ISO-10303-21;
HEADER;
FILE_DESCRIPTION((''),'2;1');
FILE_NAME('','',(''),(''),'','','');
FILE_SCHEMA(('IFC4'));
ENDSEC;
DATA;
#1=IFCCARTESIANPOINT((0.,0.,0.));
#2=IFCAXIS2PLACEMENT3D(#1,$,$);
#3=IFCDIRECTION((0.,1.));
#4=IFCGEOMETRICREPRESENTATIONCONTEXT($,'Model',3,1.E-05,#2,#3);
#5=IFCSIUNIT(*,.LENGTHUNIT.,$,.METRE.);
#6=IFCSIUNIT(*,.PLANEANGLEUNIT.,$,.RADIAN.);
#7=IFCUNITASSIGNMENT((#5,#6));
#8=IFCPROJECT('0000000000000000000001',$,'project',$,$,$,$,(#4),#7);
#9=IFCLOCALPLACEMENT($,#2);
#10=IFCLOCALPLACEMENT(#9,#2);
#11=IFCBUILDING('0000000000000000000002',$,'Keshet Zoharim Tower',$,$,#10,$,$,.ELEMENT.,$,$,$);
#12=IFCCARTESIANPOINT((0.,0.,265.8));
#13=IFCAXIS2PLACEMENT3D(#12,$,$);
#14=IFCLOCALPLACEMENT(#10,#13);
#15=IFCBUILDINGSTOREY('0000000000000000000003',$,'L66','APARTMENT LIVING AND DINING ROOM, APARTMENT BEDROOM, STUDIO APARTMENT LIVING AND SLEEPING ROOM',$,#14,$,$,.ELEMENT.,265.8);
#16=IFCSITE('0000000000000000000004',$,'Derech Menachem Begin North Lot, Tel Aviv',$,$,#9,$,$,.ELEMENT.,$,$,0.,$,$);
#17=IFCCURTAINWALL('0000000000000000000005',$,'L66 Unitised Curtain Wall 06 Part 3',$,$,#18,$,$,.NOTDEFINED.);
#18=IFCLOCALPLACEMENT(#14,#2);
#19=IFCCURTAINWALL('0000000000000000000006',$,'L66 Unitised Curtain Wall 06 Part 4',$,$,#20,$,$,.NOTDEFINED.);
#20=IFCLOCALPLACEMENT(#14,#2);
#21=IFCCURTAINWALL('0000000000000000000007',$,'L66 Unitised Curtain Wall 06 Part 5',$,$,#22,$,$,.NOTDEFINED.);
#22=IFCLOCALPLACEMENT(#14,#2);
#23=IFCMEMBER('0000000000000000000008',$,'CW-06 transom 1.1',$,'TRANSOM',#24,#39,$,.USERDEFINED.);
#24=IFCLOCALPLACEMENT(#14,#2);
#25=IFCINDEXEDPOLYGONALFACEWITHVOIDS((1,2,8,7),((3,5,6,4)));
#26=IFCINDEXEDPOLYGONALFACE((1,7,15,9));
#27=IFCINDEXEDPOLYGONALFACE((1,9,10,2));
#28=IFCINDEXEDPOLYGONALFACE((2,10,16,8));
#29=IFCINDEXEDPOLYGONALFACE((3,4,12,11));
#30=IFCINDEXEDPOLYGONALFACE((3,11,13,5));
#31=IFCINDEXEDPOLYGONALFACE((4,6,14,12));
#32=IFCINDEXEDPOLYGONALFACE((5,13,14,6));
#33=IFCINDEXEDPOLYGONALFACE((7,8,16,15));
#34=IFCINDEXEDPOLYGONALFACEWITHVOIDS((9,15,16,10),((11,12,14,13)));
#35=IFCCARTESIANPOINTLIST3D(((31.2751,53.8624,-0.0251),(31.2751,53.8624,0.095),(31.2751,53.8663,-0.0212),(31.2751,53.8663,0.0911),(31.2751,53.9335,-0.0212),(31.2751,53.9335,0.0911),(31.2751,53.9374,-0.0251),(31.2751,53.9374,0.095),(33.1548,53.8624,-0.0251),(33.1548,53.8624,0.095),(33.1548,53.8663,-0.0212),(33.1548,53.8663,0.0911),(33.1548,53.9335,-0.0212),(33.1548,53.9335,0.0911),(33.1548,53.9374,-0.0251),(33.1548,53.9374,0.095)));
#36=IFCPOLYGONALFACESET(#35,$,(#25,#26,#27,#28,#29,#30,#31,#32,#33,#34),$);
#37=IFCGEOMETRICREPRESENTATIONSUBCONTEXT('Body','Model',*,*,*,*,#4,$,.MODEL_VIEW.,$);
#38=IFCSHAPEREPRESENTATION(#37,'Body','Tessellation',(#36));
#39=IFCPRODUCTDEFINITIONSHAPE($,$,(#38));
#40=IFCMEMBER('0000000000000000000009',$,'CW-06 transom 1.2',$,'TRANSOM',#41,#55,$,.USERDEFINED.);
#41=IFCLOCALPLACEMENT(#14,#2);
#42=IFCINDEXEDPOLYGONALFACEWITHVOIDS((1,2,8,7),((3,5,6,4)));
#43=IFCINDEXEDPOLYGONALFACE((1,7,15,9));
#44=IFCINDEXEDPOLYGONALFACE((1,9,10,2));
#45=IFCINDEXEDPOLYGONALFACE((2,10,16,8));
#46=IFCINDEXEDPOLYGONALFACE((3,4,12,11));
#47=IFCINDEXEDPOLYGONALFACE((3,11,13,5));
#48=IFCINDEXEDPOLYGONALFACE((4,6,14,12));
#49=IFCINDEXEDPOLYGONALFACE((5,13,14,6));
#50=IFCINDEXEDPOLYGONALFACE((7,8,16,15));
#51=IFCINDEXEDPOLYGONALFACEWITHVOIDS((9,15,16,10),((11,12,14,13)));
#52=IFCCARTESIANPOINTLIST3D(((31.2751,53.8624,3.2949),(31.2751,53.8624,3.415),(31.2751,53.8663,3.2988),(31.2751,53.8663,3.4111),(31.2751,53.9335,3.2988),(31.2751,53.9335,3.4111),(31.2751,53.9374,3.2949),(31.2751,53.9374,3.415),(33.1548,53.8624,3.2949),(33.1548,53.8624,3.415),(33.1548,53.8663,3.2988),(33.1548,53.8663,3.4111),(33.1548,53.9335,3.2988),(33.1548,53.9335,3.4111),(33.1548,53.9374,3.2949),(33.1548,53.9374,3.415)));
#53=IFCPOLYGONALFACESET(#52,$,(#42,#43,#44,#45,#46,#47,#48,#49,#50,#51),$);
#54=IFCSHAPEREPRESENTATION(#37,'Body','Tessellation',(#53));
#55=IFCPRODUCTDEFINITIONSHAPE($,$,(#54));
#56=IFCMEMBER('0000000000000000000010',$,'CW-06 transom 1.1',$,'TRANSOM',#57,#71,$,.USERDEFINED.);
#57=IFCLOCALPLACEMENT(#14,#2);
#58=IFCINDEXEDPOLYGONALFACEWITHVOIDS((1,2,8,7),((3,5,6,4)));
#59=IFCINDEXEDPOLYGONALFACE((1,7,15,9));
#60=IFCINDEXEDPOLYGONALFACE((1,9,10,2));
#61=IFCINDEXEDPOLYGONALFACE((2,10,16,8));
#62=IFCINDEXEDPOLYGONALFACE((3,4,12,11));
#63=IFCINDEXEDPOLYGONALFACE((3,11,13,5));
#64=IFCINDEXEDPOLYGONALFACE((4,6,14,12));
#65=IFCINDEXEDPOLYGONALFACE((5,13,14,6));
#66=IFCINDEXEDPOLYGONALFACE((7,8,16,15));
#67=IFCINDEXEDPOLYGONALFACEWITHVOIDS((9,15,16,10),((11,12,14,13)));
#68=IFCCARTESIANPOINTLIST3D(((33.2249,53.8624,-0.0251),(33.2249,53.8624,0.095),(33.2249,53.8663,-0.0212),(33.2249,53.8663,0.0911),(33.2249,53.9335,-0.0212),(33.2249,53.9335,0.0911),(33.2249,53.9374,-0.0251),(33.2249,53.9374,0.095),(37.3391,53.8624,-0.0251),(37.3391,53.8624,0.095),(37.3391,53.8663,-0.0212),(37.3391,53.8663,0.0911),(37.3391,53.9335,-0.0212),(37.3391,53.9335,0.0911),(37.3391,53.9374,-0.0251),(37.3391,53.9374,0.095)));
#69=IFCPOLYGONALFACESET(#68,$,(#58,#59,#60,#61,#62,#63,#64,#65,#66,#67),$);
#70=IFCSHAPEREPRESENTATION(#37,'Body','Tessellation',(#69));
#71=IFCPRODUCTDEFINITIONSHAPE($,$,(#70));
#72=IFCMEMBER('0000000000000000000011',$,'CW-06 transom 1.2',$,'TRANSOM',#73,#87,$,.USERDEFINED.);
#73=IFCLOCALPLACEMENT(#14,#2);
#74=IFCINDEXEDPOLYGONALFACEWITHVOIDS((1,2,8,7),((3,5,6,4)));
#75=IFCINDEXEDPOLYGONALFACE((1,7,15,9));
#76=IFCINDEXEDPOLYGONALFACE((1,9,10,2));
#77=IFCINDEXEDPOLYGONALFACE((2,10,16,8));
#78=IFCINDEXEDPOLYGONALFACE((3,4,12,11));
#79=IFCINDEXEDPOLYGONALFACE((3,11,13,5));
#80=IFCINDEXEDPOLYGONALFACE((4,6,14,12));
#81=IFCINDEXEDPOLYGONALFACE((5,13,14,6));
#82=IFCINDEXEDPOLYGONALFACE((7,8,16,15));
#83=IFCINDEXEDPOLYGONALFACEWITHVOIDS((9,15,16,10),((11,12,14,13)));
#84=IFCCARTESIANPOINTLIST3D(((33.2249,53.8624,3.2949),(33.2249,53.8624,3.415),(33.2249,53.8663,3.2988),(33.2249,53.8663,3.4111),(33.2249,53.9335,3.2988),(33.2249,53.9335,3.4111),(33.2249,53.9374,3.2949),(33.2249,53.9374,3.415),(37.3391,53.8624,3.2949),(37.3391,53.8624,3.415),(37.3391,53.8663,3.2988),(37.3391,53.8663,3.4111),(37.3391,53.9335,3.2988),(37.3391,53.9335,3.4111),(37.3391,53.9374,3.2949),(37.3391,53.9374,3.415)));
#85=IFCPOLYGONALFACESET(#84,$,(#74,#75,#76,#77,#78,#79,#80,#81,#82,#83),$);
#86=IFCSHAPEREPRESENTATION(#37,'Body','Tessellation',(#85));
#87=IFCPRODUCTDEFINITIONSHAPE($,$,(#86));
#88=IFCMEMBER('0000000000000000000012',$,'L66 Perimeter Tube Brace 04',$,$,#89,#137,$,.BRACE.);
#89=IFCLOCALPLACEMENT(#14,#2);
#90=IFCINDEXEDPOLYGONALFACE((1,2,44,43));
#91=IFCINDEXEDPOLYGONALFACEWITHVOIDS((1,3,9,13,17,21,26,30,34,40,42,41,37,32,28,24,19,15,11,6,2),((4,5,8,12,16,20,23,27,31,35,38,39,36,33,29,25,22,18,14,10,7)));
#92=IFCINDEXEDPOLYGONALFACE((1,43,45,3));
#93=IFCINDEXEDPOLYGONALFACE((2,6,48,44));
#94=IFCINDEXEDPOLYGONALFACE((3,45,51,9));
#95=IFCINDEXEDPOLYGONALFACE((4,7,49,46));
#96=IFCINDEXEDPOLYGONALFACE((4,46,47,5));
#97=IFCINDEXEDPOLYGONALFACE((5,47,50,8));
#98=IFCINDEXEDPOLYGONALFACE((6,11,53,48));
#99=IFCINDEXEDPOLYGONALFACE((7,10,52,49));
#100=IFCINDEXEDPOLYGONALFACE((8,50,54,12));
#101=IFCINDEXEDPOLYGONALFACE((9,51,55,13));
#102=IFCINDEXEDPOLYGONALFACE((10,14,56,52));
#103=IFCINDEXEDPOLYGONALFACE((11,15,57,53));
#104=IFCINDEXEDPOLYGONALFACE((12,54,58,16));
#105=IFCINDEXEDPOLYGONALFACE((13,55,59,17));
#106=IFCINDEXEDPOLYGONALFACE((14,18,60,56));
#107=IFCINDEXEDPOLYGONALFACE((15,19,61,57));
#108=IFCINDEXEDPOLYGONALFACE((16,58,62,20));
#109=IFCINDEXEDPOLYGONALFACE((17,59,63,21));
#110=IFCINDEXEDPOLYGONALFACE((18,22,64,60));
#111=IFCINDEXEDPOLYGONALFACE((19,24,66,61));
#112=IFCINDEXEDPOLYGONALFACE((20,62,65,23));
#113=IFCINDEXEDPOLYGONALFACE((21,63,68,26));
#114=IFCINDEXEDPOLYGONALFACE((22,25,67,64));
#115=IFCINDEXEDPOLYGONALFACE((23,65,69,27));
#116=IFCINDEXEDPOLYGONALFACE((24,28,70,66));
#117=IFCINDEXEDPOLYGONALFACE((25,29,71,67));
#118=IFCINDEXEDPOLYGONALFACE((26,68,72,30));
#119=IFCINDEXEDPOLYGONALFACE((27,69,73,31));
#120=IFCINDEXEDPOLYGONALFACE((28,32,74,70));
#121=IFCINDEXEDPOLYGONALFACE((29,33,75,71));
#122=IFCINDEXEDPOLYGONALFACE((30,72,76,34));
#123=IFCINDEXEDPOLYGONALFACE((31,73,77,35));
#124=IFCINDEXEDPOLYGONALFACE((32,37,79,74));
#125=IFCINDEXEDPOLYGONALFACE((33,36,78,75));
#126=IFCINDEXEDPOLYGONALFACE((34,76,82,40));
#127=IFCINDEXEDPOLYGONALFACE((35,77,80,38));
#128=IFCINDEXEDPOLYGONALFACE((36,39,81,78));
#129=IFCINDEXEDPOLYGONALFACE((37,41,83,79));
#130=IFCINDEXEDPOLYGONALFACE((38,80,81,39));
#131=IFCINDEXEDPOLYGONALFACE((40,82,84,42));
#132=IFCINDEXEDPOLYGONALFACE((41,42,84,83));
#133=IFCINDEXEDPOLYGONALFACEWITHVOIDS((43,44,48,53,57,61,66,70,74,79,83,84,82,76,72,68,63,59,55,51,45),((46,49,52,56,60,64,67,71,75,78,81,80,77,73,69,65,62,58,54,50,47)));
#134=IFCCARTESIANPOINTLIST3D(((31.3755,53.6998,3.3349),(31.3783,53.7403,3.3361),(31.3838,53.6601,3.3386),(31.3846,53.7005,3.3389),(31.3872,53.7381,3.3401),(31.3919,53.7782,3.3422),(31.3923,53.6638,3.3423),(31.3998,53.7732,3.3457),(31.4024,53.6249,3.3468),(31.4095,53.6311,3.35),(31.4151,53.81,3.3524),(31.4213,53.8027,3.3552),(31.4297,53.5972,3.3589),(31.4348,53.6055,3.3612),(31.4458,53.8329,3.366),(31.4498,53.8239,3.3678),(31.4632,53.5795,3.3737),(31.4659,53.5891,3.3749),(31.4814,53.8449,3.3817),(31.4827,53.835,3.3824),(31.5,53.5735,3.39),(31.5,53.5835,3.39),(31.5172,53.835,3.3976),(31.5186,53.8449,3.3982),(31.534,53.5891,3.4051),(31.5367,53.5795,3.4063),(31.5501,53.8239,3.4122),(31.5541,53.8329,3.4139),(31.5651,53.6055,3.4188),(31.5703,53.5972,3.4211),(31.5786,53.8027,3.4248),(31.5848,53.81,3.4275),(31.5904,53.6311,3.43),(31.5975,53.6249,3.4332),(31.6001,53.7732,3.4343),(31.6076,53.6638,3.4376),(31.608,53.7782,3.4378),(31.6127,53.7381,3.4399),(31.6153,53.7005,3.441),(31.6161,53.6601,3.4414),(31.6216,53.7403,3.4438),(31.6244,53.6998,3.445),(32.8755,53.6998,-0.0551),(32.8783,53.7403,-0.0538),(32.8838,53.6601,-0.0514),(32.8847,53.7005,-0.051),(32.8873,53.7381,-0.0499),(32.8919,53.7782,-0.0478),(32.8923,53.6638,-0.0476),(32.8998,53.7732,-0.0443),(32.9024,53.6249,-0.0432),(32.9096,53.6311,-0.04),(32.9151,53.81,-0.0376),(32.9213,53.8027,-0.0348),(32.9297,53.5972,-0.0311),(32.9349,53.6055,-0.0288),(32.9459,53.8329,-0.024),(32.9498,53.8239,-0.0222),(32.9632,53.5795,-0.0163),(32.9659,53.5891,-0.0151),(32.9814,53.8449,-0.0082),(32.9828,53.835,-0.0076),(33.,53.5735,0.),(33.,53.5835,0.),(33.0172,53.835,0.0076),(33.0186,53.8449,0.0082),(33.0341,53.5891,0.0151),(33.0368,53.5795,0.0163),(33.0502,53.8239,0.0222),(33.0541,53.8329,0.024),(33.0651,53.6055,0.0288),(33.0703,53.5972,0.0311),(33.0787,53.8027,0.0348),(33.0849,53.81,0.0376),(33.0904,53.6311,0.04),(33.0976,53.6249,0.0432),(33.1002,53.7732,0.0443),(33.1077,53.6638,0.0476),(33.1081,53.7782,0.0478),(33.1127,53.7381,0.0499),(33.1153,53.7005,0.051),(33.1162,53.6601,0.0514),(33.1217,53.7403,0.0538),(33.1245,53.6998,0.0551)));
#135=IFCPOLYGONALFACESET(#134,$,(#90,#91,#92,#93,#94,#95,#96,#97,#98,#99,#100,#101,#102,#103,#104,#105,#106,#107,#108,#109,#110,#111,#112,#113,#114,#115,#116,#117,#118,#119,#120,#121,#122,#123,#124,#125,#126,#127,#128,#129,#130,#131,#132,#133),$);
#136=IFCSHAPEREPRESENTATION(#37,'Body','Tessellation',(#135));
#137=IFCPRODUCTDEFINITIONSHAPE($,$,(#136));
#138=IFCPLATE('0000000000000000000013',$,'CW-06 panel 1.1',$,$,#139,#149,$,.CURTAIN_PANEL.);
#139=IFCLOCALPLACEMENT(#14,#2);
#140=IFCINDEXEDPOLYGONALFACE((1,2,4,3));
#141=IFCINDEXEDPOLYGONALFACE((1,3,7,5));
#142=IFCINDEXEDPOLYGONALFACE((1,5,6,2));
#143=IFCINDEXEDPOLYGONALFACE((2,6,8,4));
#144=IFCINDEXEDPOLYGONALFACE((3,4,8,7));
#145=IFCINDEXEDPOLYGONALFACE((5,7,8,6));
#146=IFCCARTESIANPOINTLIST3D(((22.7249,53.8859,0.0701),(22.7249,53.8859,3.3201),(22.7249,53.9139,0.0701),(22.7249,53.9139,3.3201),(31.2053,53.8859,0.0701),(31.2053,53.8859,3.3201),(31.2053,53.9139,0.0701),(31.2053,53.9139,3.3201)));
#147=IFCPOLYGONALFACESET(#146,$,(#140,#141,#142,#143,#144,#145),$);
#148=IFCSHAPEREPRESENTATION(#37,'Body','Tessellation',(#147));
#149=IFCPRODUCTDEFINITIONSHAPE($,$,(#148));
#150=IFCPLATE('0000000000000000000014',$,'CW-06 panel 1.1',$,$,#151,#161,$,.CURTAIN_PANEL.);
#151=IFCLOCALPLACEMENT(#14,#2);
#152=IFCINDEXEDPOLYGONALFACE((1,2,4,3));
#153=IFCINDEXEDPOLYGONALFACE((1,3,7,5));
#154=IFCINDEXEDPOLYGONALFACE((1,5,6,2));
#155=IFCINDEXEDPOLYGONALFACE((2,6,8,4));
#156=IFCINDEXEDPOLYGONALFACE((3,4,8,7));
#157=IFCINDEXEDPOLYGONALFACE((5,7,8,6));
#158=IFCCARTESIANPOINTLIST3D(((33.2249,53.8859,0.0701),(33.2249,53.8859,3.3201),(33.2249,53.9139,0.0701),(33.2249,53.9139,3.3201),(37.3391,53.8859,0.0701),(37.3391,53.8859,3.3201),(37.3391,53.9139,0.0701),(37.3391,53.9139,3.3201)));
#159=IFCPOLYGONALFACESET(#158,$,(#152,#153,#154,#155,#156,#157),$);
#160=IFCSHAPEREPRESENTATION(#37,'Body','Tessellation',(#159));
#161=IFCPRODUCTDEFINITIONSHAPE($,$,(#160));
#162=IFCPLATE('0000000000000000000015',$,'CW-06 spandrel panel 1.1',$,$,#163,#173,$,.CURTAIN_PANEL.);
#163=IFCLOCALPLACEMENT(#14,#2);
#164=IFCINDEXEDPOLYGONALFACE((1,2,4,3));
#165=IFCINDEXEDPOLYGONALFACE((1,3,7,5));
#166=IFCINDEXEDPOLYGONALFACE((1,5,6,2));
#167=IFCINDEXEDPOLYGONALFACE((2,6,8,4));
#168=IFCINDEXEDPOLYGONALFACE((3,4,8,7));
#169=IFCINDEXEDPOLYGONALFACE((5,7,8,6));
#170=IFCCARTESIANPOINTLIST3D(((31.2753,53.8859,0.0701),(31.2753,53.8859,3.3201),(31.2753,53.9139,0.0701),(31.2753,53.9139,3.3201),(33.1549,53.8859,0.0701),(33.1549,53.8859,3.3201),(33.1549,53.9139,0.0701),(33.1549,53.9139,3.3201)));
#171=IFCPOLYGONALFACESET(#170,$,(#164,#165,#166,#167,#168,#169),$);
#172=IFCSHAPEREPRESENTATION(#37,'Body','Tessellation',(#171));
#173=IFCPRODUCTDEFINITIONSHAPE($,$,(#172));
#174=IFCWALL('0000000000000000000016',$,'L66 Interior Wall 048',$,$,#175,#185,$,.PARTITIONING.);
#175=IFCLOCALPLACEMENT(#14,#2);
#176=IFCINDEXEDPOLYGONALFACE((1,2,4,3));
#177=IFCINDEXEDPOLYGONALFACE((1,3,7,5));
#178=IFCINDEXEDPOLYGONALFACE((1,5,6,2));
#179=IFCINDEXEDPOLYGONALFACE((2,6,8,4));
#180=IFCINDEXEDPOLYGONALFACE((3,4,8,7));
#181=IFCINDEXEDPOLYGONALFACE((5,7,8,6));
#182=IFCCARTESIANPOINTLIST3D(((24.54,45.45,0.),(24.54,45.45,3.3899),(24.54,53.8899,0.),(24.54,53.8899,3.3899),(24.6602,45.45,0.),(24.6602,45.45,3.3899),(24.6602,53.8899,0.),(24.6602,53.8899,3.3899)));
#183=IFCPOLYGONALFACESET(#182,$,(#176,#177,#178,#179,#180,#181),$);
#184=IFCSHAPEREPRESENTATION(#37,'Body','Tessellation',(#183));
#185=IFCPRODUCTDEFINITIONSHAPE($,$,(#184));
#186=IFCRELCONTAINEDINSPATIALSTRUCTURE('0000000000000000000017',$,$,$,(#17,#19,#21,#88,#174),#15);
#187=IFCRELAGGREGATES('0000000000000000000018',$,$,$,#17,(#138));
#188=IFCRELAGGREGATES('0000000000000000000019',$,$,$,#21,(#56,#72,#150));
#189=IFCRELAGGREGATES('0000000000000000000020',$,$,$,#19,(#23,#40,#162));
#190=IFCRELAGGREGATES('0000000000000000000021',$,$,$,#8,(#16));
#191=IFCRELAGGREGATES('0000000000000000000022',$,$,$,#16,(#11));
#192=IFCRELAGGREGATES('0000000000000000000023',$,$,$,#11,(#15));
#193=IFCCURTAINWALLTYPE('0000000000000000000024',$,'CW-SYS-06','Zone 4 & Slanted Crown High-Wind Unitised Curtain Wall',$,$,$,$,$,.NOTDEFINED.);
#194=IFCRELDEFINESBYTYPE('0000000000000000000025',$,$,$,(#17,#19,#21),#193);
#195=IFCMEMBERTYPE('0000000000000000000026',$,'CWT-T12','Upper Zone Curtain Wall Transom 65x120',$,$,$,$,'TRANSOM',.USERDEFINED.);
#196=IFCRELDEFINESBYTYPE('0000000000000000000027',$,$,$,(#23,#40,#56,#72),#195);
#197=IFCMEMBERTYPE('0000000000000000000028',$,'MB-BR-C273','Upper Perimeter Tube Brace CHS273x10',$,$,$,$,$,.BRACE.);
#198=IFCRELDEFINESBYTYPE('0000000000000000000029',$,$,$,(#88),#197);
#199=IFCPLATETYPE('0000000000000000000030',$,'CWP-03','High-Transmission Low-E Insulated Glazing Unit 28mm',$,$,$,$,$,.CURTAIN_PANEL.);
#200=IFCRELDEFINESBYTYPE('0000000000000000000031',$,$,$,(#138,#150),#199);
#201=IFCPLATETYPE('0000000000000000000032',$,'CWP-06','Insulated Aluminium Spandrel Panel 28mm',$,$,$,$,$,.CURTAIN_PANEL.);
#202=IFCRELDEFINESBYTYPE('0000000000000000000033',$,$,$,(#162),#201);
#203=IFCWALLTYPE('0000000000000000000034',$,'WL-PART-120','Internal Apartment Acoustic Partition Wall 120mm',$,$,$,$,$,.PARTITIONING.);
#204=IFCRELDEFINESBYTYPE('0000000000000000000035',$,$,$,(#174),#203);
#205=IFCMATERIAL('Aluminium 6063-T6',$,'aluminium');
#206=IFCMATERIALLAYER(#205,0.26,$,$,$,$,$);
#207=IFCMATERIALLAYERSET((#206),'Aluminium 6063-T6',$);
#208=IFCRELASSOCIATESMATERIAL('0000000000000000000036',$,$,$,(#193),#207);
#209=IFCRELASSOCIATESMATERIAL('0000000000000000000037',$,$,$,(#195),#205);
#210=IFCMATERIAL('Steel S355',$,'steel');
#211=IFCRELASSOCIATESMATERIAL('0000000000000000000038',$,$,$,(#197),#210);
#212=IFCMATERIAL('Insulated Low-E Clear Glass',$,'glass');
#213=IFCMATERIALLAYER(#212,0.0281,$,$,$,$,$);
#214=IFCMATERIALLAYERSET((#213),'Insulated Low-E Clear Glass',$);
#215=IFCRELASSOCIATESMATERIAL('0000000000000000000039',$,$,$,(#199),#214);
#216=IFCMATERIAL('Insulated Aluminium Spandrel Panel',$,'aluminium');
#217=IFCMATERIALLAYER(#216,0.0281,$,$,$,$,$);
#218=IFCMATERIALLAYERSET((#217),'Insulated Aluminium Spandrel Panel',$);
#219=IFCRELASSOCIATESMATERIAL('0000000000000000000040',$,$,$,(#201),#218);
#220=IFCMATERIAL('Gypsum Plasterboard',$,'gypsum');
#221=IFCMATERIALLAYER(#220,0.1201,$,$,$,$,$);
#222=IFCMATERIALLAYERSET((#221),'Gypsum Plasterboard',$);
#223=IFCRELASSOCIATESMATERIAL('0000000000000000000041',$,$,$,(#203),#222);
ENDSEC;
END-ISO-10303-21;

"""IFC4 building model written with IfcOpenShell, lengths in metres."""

from ifc_helpers import new_model, si_unit, direction, frame, frame_2d, origin, origin_2d, place, context, subcontext, project, spatial, rectangle, hollow_rectangle, hollow_circle, extrude, material, layer, layer_set, material_profile, profile_set, type_object, element, aggregate, save


model = new_model("IFC4")

# Units and contexts
model_context = context("Model", 3, precision=1e-05, world=origin(), true_north=direction((0.0, 1.0)))
body_context = subcontext(model_context, "Body", "Model", "MODEL_VIEW")
ifc_project = project(units=[si_unit("LENGTHUNIT", "METRE"), si_unit("PLANEANGLEUNIT", "RADIAN")], contexts=[model_context])

# Site, building, storey
site_placement = place(None, origin())
site = spatial("IfcSite", under=ifc_project, at=site_placement, Name="Derech Menachem Begin North Lot, Tel Aviv", CompositionType="ELEMENT", RefElevation=0.0)
building_placement = place(site_placement, origin())
building = spatial("IfcBuilding", under=site, at=building_placement, Name="Keshet Zoharim Tower", CompositionType="ELEMENT")
storey_placement = place(building_placement, frame((0.0, 0.0, 265.8)))
storey = spatial("IfcBuildingStorey", under=building, at=storey_placement, Name="L66", Description="APARTMENT LIVING AND DINING ROOM, APARTMENT BEDROOM, STUDIO APARTMENT LIVING AND SLEEPING ROOM", CompositionType="ELEMENT", Elevation=265.8)

# Shared definitions
ifc_material_1 = material(Name="Steel S355", Category="steel")

# Curtain walls
ifc_material_2 = material(Name="Aluminium 6063-T6", Category="aluminium")
ifc_layer_1 = layer(ifc_material_2, 0.26)
ifc_layer_set_1 = layer_set([ifc_layer_1], Name="Aluminium 6063-T6")
curtain_wall_type = type_object("IfcCurtainWallType", Name="CW-SYS-06", Description="Zone 4 & Slanted Crown High-Wind Unitised Curtain Wall", PredefinedType="NOTDEFINED", material=ifc_layer_set_1)
curtain_wall_1_placement = place(storey_placement, origin())
curtain_wall_1 = element("IfcCurtainWall", 1, at=curtain_wall_1_placement, inside=storey, type_object=curtain_wall_type, Name="L66 Unitised Curtain Wall 06 Part 3", PredefinedType="NOTDEFINED")
curtain_wall_2_placement = place(storey_placement, origin())
curtain_wall_2 = element("IfcCurtainWall", 2, at=curtain_wall_2_placement, inside=storey, type_object=curtain_wall_type, Name="L66 Unitised Curtain Wall 06 Part 4", PredefinedType="NOTDEFINED")
curtain_wall_3_placement = place(storey_placement, origin())
curtain_wall_3 = element("IfcCurtainWall", 3, at=curtain_wall_3_placement, inside=storey, type_object=curtain_wall_type, Name="L66 Unitised Curtain Wall 06 Part 5", PredefinedType="NOTDEFINED")

# Members
ifc_material_profile_1 = material_profile(ifc_material_2, hollow_rectangle(XDim=0.075, YDim=0.1201, WallThickness=0.0039, at=origin_2d()), Name="TRN-75x120")
ifc_profile_set_1 = profile_set([ifc_material_profile_1], Name="Aluminium 6063-T6")
member_type_1 = type_object("IfcMemberType", Name="CWT-T12", Description="Upper Zone Curtain Wall Transom 65x120", ElementType="TRANSOM", PredefinedType="USERDEFINED", material=ifc_profile_set_1)
member_1_placement = place(storey_placement, frame((31.2751, 53.8999, 0.0349), z_axis=(1.0, 0.0, 0.0), x_axis=(0.0, 1.0, 0.0)))
member_1 = element("IfcMember", 4, at=member_1_placement, type_object=member_type_1, Name="CW-06 transom 1.1", ObjectType="TRANSOM", PredefinedType="USERDEFINED", context=body_context, shape_type="SweptSolid", body=[
    extrude(hollow_rectangle(XDim=0.075, YDim=0.1201, WallThickness=0.0039, at=origin_2d()), origin(), (0.0, 0.0, 1.0), 1.8796),
])
member_2_placement = place(storey_placement, frame((31.2751, 53.8999, 3.355), z_axis=(1.0, 0.0, 0.0), x_axis=(0.0, 1.0, 0.0)))
member_2 = element("IfcMember", 5, at=member_2_placement, type_object=member_type_1, Name="CW-06 transom 1.2", ObjectType="TRANSOM", PredefinedType="USERDEFINED", context=body_context, shape_type="SweptSolid", body=[
    extrude(hollow_rectangle(XDim=0.075, YDim=0.1201, WallThickness=0.0039, at=origin_2d()), origin(), (0.0, 0.0, 1.0), 1.8796),
])
member_3_placement = place(storey_placement, frame((33.2249, 53.8999, 0.0349), z_axis=(1.0, 0.0, 0.0), x_axis=(0.0, 1.0, 0.0)))
member_3 = element("IfcMember", 6, at=member_3_placement, type_object=member_type_1, Name="CW-06 transom 1.1", ObjectType="TRANSOM", PredefinedType="USERDEFINED", context=body_context, shape_type="SweptSolid", body=[
    extrude(hollow_rectangle(XDim=0.075, YDim=0.1201, WallThickness=0.0039, at=origin_2d()), origin(), (0.0, 0.0, 1.0), 4.1143),
])
member_4_placement = place(storey_placement, frame((33.2249, 53.8999, 3.355), z_axis=(1.0, 0.0, 0.0), x_axis=(0.0, 1.0, 0.0)))
member_4 = element("IfcMember", 7, at=member_4_placement, type_object=member_type_1, Name="CW-06 transom 1.2", ObjectType="TRANSOM", PredefinedType="USERDEFINED", context=body_context, shape_type="SweptSolid", body=[
    extrude(hollow_rectangle(XDim=0.075, YDim=0.1201, WallThickness=0.0039, at=origin_2d()), origin(), (0.0, 0.0, 1.0), 4.1143),
])
ifc_material_profile_2 = material_profile(ifc_material_1, hollow_circle(Radius=0.1365, WallThickness=0.01, at=origin_2d()), Name="CHS273x10")
ifc_profile_set_2 = profile_set([ifc_material_profile_2], Name="Steel S355")
member_type_2 = type_object("IfcMemberType", Name="MB-BR-C273", Description="Upper Perimeter Tube Brace CHS273x10", PredefinedType="BRACE", material=ifc_profile_set_2)
member_5_placement = place(storey_placement, frame((33.0, 53.71, 0.0), z_axis=(-0.404647, 0.0, 0.914473), x_axis=(0.0, -1.0, 0.0)))
element("IfcMember", 8, at=member_5_placement, inside=storey, type_object=member_type_2, Name="L66 Perimeter Tube Brace 04", PredefinedType="BRACE", context=body_context, shape_type="SweptSolid", body=[
    extrude(hollow_circle(Radius=0.1365, WallThickness=0.01, at=origin_2d()), origin(), (0.0, 0.0, 1.0), 3.707),
])

# Plates
ifc_material_3 = material(Name="Insulated Low-E Clear Glass", Category="glass")
ifc_layer_2 = layer(ifc_material_3, 0.0281)
ifc_layer_set_2 = layer_set([ifc_layer_2], Name="Insulated Low-E Clear Glass")
plate_type_1 = type_object("IfcPlateType", Name="CWP-03", Description="High-Transmission Low-E Insulated Glazing Unit 28mm", PredefinedType="CURTAIN_PANEL", material=ifc_layer_set_2)
plate_1_placement = place(storey_placement, frame((26.9651, 53.8999, 0.0701), z_axis=(0.0, 0.0, 1.0), x_axis=(1.0, 0.0, 0.0)))
plate_1 = element("IfcPlate", 9, at=plate_1_placement, type_object=plate_type_1, Name="CW-06 panel 1.1", PredefinedType="CURTAIN_PANEL", context=body_context, shape_type="SweptSolid", body=[
    extrude(rectangle(XDim=8.4805, YDim=0.0281, at=origin_2d()), origin(), (0.0, 0.0, 1.0), 3.25),
])
aggregate(curtain_wall_1, [plate_1])
plate_2_placement = place(storey_placement, frame((35.282, 53.8999, 0.0701), z_axis=(0.0, 0.0, 1.0), x_axis=(1.0, 0.0, 0.0)))
plate_2 = element("IfcPlate", 10, at=plate_2_placement, type_object=plate_type_1, Name="CW-06 panel 1.1", PredefinedType="CURTAIN_PANEL", context=body_context, shape_type="SweptSolid", body=[
    extrude(rectangle(XDim=4.1143, YDim=0.0281, at=origin_2d()), origin(), (0.0, 0.0, 1.0), 3.25),
])
aggregate(curtain_wall_3, [member_3, member_4, plate_2])
ifc_material_4 = material(Name="Insulated Aluminium Spandrel Panel", Category="aluminium")
ifc_layer_3 = layer(ifc_material_4, 0.0281)
ifc_layer_set_3 = layer_set([ifc_layer_3], Name="Insulated Aluminium Spandrel Panel")
plate_type_2 = type_object("IfcPlateType", Name="CWP-06", Description="Insulated Aluminium Spandrel Panel 28mm", PredefinedType="CURTAIN_PANEL", material=ifc_layer_set_3)
plate_3_placement = place(storey_placement, frame((32.2151, 53.8999, 0.0701), z_axis=(0.0, 0.0, 1.0), x_axis=(1.0, 0.0, 0.0)))
plate_3 = element("IfcPlate", 11, at=plate_3_placement, type_object=plate_type_2, Name="CW-06 spandrel panel 1.1", PredefinedType="CURTAIN_PANEL", context=body_context, shape_type="SweptSolid", body=[
    extrude(rectangle(XDim=1.8796, YDim=0.0281, at=origin_2d()), origin(), (0.0, 0.0, 1.0), 3.25),
])
aggregate(curtain_wall_2, [member_1, member_2, plate_3])

# Wall
ifc_material_5 = material(Name="Gypsum Plasterboard", Category="gypsum")
ifc_layer_4 = layer(ifc_material_5, 0.1201)
ifc_layer_set_4 = layer_set([ifc_layer_4], Name="Gypsum Plasterboard")
wall_type_1 = type_object("IfcWallType", Name="WL-PART-120", Description="Internal Apartment Acoustic Partition Wall 120mm", PredefinedType="PARTITIONING", material=ifc_layer_set_4)
wall_1_placement = place(storey_placement, frame((24.6001, 45.45, 0.0), z_axis=(0.0, 0.0, 1.0), x_axis=(0.0, 1.0, 0.0)))
element("IfcWall", 12, at=wall_1_placement, inside=storey, type_object=wall_type_1, Name="L66 Interior Wall 048", PredefinedType="PARTITIONING", context=body_context, shape_type="SweptSolid", body=[
    extrude(rectangle(XDim=8.4399, YDim=0.1201, at=frame_2d((4.22, 0.0))), origin(), (0.0, 0.0, 1.0), 3.3899),
])

save(model, "model.ifc")
